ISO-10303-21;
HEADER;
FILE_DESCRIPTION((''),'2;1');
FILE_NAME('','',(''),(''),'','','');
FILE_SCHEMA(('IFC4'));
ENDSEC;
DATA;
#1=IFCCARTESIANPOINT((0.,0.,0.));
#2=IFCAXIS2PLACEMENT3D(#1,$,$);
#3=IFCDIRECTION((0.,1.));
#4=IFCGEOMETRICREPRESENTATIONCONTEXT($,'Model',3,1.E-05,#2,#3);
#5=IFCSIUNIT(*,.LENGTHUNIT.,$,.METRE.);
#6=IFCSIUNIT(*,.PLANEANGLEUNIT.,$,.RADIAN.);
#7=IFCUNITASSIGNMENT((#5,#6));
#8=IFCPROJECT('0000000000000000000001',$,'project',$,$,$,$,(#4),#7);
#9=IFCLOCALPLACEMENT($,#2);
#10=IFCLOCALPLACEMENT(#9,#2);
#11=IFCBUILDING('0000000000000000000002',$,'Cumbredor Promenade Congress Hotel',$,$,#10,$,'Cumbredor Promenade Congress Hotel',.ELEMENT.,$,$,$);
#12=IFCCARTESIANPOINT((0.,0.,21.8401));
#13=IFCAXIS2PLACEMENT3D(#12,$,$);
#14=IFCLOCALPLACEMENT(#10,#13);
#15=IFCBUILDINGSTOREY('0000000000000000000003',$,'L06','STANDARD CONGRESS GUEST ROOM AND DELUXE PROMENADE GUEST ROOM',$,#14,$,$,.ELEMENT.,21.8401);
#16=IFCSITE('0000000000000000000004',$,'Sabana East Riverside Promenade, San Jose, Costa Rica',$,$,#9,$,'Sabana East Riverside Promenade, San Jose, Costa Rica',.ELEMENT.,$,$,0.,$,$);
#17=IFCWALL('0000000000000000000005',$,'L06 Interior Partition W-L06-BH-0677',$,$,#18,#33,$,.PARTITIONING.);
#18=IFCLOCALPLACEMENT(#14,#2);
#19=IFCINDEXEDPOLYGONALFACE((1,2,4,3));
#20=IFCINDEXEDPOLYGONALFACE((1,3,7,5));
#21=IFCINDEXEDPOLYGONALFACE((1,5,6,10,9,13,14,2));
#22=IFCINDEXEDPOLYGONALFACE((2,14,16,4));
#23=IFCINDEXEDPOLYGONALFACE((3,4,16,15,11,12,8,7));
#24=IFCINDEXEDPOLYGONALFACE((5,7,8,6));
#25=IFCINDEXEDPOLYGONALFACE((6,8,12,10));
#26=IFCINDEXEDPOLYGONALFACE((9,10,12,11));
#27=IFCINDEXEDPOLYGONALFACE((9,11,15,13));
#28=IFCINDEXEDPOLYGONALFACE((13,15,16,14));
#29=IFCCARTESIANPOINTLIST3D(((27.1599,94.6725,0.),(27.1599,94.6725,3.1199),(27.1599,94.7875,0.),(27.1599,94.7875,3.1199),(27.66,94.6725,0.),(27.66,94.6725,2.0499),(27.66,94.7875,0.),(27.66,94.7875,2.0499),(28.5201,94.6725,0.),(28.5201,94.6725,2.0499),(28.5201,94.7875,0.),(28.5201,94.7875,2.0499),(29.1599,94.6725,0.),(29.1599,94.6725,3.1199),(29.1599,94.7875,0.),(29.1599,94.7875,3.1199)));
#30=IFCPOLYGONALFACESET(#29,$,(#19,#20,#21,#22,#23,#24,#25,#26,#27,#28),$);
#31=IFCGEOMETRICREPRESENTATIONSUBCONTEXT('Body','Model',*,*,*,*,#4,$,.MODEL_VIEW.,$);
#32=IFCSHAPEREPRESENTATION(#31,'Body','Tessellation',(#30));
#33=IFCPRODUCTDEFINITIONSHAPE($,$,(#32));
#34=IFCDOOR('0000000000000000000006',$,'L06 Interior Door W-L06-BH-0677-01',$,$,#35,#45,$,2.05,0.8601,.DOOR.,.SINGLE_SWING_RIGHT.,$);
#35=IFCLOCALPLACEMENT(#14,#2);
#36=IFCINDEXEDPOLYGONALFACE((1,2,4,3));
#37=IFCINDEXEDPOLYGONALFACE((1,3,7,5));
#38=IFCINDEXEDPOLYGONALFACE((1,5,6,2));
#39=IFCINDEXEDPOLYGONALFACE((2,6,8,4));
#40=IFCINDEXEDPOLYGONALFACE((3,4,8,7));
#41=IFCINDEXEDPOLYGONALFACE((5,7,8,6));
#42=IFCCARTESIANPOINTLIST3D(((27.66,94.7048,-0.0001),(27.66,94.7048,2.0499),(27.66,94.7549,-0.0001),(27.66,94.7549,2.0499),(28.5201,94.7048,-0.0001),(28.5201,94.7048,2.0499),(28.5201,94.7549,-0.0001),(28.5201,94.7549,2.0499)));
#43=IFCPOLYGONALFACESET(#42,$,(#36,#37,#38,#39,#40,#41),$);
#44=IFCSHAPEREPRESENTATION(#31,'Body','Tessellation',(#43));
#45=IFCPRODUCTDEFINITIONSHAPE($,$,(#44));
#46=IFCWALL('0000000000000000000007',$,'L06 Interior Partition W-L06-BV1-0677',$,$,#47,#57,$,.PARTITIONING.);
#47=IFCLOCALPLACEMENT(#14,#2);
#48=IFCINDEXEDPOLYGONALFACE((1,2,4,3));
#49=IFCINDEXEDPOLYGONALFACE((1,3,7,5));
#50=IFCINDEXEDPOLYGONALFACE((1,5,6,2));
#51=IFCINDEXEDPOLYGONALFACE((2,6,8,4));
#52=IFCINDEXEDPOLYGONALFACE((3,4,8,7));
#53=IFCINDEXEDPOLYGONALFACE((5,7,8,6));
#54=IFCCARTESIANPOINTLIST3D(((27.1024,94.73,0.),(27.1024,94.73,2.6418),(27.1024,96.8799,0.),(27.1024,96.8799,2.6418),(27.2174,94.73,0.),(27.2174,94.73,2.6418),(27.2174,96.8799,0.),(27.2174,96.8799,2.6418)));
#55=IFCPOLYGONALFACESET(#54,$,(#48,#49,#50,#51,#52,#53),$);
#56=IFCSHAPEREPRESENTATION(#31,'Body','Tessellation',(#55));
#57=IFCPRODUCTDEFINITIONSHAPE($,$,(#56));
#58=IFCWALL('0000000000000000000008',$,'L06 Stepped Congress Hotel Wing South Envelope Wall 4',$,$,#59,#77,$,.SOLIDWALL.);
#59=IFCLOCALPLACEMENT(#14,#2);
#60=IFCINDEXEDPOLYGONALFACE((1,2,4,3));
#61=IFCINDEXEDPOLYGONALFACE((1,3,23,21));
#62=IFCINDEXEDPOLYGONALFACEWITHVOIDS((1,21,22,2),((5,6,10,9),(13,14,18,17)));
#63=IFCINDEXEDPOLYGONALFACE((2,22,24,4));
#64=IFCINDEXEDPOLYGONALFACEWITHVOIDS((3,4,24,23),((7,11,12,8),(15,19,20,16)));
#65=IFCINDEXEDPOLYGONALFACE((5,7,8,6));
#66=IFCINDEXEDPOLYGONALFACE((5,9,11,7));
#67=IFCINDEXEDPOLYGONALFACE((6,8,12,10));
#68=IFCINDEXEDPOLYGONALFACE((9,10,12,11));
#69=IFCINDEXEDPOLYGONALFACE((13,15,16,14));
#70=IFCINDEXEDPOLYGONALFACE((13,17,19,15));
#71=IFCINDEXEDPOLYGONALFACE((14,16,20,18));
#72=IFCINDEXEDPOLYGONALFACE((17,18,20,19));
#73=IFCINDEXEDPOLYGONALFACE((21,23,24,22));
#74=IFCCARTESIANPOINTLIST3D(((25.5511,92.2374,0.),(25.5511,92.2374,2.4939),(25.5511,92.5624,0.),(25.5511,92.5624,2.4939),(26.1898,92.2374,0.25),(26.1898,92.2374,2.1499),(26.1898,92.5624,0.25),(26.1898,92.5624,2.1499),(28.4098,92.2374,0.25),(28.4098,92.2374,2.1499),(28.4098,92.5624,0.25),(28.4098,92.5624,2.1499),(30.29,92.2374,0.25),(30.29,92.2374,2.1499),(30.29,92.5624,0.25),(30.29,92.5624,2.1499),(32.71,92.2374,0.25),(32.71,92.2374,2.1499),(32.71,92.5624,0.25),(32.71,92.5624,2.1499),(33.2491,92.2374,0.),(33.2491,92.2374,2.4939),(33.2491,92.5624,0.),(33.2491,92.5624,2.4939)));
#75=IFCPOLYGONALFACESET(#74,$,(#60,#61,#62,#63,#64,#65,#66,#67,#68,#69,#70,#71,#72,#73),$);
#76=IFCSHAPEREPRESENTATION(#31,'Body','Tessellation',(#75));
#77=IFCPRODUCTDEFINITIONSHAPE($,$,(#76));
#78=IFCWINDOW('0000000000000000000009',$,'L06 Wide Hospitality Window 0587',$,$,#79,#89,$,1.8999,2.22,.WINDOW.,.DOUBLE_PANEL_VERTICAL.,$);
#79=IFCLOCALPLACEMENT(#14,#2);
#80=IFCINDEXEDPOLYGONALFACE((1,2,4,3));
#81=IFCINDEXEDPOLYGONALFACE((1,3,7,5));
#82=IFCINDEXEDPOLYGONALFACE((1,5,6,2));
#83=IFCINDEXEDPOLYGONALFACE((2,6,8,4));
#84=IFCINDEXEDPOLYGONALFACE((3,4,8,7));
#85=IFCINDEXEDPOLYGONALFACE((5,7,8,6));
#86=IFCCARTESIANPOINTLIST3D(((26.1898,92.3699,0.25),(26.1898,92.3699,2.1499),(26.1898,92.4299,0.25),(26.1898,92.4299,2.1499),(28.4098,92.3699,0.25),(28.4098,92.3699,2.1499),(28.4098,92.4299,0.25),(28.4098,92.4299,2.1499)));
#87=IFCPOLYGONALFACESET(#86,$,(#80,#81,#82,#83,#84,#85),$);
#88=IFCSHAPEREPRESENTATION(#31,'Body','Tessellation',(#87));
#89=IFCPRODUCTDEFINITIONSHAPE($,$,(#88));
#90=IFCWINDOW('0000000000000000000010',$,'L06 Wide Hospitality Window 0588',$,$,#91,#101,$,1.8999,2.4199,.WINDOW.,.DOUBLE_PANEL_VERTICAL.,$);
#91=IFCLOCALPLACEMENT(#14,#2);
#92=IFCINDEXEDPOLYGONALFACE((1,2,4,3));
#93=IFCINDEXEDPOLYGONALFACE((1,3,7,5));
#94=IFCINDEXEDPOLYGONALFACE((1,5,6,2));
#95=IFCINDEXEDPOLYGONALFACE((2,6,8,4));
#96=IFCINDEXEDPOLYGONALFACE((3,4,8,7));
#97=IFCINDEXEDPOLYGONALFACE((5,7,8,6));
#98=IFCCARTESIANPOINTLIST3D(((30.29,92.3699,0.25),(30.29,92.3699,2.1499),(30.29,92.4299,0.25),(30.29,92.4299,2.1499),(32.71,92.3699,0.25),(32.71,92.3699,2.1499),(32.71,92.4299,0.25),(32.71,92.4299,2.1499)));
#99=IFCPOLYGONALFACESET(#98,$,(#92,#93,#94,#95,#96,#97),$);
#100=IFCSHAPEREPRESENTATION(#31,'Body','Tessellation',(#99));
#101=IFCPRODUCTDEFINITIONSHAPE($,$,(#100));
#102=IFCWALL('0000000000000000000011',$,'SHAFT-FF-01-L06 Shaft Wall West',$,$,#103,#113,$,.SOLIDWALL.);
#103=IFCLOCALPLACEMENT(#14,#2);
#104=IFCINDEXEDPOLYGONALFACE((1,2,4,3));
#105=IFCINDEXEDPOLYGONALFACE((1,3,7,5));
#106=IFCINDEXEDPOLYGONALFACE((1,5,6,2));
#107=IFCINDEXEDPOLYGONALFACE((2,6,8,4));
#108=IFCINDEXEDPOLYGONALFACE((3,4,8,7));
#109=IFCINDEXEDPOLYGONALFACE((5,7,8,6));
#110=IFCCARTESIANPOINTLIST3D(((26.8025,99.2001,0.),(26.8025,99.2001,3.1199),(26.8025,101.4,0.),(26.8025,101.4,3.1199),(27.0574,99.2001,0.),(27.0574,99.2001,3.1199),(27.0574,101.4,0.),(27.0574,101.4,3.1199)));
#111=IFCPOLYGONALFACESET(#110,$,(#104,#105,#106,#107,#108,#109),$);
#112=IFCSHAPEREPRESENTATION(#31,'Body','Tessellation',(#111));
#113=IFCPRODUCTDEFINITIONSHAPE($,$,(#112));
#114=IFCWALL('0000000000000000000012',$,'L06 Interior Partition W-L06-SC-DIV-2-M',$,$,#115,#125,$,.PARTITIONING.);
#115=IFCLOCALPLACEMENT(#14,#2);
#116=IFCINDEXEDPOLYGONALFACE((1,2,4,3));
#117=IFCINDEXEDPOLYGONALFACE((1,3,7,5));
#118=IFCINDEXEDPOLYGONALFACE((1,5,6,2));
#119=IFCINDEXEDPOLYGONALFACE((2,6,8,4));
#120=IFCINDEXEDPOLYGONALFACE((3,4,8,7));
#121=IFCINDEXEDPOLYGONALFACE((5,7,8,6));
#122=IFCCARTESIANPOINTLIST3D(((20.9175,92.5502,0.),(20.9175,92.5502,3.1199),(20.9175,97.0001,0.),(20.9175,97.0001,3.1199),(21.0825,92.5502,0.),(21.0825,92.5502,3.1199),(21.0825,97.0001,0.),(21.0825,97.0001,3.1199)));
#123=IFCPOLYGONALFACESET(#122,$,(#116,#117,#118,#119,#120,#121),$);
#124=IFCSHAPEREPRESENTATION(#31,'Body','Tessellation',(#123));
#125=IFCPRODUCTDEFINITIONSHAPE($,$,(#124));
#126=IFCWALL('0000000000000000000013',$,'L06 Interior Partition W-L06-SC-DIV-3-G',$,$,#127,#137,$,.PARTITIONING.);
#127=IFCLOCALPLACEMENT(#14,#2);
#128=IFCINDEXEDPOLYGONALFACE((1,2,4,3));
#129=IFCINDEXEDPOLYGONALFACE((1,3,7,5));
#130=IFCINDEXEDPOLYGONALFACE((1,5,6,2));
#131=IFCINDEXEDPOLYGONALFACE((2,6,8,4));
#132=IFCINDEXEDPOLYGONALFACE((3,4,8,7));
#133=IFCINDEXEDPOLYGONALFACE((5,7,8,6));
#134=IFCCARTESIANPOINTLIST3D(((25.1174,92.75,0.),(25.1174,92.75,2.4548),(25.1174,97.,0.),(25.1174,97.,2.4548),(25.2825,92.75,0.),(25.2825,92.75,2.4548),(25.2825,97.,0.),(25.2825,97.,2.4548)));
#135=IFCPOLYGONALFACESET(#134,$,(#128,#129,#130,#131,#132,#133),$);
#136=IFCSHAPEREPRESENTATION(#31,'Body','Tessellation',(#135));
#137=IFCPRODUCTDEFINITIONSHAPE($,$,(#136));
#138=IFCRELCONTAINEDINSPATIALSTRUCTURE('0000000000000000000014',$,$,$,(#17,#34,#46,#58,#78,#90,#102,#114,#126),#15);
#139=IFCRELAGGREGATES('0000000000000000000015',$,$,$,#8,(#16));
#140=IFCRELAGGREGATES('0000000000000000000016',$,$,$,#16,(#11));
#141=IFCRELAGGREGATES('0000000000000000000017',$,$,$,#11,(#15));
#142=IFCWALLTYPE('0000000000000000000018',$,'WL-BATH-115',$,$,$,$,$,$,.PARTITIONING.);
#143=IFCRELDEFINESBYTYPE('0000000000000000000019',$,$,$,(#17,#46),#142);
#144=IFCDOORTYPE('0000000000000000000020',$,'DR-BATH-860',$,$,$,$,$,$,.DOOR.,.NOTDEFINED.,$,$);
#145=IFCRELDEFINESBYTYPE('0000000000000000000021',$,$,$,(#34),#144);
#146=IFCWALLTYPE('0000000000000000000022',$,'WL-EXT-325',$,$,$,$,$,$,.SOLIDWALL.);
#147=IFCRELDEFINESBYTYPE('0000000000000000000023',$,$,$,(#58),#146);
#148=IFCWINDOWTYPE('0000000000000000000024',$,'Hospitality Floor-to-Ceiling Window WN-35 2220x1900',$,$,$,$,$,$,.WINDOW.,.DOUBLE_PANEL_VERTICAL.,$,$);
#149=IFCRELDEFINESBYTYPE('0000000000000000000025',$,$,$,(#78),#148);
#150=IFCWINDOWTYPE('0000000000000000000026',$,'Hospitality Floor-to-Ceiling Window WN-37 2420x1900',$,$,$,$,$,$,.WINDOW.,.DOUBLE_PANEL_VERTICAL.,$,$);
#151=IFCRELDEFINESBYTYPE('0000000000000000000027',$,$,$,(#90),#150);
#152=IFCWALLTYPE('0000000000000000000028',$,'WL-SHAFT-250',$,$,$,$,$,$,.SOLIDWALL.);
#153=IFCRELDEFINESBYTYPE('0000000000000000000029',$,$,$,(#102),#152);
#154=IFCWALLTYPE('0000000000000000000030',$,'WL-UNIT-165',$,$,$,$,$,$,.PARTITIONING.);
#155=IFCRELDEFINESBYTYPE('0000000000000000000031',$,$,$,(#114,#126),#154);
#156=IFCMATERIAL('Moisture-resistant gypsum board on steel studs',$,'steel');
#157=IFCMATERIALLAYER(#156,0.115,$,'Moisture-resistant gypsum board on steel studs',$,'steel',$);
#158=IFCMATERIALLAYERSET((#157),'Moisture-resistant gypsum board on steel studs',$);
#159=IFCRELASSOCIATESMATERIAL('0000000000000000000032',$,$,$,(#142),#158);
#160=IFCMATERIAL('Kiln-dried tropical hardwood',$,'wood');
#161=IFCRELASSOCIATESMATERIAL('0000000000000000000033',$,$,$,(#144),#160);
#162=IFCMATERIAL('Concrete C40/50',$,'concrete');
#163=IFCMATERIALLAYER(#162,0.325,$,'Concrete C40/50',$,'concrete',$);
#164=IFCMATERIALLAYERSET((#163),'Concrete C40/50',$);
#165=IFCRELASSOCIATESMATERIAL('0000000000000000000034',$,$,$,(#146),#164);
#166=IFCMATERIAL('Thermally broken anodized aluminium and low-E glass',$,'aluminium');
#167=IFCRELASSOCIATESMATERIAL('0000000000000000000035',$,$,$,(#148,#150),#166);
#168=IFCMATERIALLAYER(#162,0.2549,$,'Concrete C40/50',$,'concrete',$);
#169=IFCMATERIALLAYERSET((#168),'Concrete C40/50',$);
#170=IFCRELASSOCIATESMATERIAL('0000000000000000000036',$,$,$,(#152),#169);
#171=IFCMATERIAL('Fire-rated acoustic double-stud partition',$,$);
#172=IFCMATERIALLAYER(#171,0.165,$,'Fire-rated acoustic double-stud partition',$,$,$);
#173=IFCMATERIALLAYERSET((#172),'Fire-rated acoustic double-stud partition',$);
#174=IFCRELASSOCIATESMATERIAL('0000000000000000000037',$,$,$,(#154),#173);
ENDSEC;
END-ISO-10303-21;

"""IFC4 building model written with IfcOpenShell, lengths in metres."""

from ifc_helpers import new_model, si_unit, direction, frame, frame_2d, origin, place, context, subcontext, project, spatial, rectangle, extrude, material, layer, layer_set, type_object, element, fill, save


model = new_model("IFC4")

# Units and contexts
model_context = context("Model", 3, precision=1e-05, world=origin(), true_north=direction((0.0, 1.0)))
body_context = subcontext(model_context, "Body", "Model", "MODEL_VIEW")
ifc_project = project(units=[si_unit("LENGTHUNIT", "METRE"), si_unit("PLANEANGLEUNIT", "RADIAN")], contexts=[model_context])

# Site, building, storey
site_placement = place(None, origin())
site = spatial("IfcSite", under=ifc_project, at=site_placement, Name="Sabana East Riverside Promenade, San Jose, Costa Rica", LongName="Sabana East Riverside Promenade, San Jose, Costa Rica", CompositionType="ELEMENT", RefElevation=0.0)
building_placement = place(site_placement, origin())
building = spatial("IfcBuilding", under=site, at=building_placement, Name="Cumbredor Promenade Congress Hotel", LongName="Cumbredor Promenade Congress Hotel", CompositionType="ELEMENT")
storey_placement = place(building_placement, frame((0.0, 0.0, 21.8401)))
storey = spatial("IfcBuildingStorey", under=building, at=storey_placement, Name="L06", Description="STANDARD CONGRESS GUEST ROOM AND DELUXE PROMENADE GUEST ROOM", CompositionType="ELEMENT", Elevation=21.8401)

# Shared definitions
ifc_material_1 = material(Name="Concrete C40/50", Category="concrete")

# Shared definitions
ifc_material_2 = material(Name="Moisture-resistant gypsum board on steel studs", Category="steel")
ifc_layer_1 = layer(ifc_material_2, 0.115, Name="Moisture-resistant gypsum board on steel studs", Category="steel")
ifc_layer_set_1 = layer_set([ifc_layer_1], Name="Moisture-resistant gypsum board on steel studs")
wall_type_1 = type_object("IfcWallType", Name="WL-BATH-115", PredefinedType="PARTITIONING", material=ifc_layer_set_1)

# Shared definitions
ifc_material_3 = material(Name="Kiln-dried tropical hardwood", Category="wood")
door_type = type_object("IfcDoorType", Name="DR-BATH-860", OperationType="NOTDEFINED", PredefinedType="DOOR", material=ifc_material_3)

# Wall, opening, door
wall_1_placement = place(storey_placement, frame((27.1599, 94.73, 0.0), z_axis=(0.0, 0.0, 1.0), x_axis=(1.0, 0.0, 0.0)))
wall_1 = element("IfcWall", 1, at=wall_1_placement, inside=storey, type_object=wall_type_1, Name="L06 Interior Partition W-L06-BH-0677", PredefinedType="PARTITIONING", context=body_context, shape_type="SweptSolid", body=[
    extrude(rectangle(XDim=2.0, YDim=0.115, at=frame_2d((1.0, 0.0))), origin(), (0.0, 0.0, 1.0), 3.1199),
])
opening_1_placement = place(wall_1_placement, frame((0.5, 0.0, 0.0)))
opening_1 = element("IfcOpeningElement", 2, at=opening_1_placement, cuts=wall_1, PredefinedType="OPENING", context=body_context, shape_type="SweptSolid", body=[
    extrude(rectangle(XDim=0.8601, YDim=2.05, at=frame_2d((0.4302, 1.0249))), frame((0.0, 0.0674, 0.0), z_axis=(0.0, -1.0, 0.0), x_axis=(1.0, 0.0, 0.0)), (0.0, 0.0, 1.0), 0.135),
])
door_1_placement = place(opening_1_placement, origin())
door_1 = element("IfcDoor", 3, at=door_1_placement, inside=storey, type_object=door_type, Name="L06 Interior Door W-L06-BH-0677-01", OperationType="SINGLE_SWING_RIGHT", OverallHeight=2.05, OverallWidth=0.8601, PredefinedType="DOOR", context=body_context, shape_type="SweptSolid", body=[
    extrude(rectangle(XDim=0.8601, YDim=2.05, at=frame_2d((0.4302, 1.0249))), frame((0.0, 0.0249, 0.0), z_axis=(0.0, -1.0, 0.0), x_axis=(1.0, 0.0, 0.0)), (0.0, 0.0, 1.0), 0.05),
])
fill(opening_1, door_1)

# Wall
wall_2_placement = place(storey_placement, frame((27.1599, 94.73, 0.0), z_axis=(0.0, 0.0, 1.0), x_axis=(0.0, 1.0, 0.0)))
element("IfcWall", 4, at=wall_2_placement, inside=storey, type_object=wall_type_1, Name="L06 Interior Partition W-L06-BV1-0677", PredefinedType="PARTITIONING", context=body_context, shape_type="SweptSolid", body=[
    extrude(rectangle(XDim=2.1499, YDim=0.115, at=frame_2d((1.075, 0.0))), origin(), (0.0, 0.0, 1.0), 2.6418),
])

# Wall, openings, windows
ifc_layer_2 = layer(ifc_material_1, 0.325, Name="Concrete C40/50", Category="concrete")
ifc_layer_set_2 = layer_set([ifc_layer_2], Name="Concrete C40/50")
wall_type_2 = type_object("IfcWallType", Name="WL-EXT-325", PredefinedType="SOLIDWALL", material=ifc_layer_set_2)
wall_3_placement = place(storey_placement, frame((25.551, 92.3999, 0.0), z_axis=(0.0, 0.0, 1.0), x_axis=(1.0, 0.0, 0.0)))
wall_3 = element("IfcWall", 5, at=wall_3_placement, inside=storey, type_object=wall_type_2, Name="L06 Stepped Congress Hotel Wing South Envelope Wall 4", PredefinedType="SOLIDWALL", context=body_context, shape_type="SweptSolid", body=[
    extrude(rectangle(XDim=7.698, YDim=0.325, at=frame_2d((3.8491, 0.0))), origin(), (0.0, 0.0, 1.0), 2.4939),
])
opening_2_placement = place(wall_3_placement, frame((0.6389, 0.0, 0.25)))
opening_2 = element("IfcOpeningElement", 6, at=opening_2_placement, cuts=wall_3, PredefinedType="OPENING", context=body_context, shape_type="SweptSolid", body=[
    extrude(rectangle(XDim=2.22, YDim=1.8999, at=frame_2d((1.1099, 0.95))), frame((0.0, 0.1724, 0.0), z_axis=(0.0, -1.0, 0.0), x_axis=(1.0, 0.0, 0.0)), (0.0, 0.0, 1.0), 0.345),
])
opening_3_placement = place(wall_3_placement, frame((4.739, 0.0, 0.25)))
opening_3 = element("IfcOpeningElement", 7, at=opening_3_placement, cuts=wall_3, PredefinedType="OPENING", context=body_context, shape_type="SweptSolid", body=[
    extrude(rectangle(XDim=2.4199, YDim=1.8999, at=frame_2d((1.21, 0.95))), frame((0.0, 0.1724, 0.0), z_axis=(0.0, -1.0, 0.0), x_axis=(1.0, 0.0, 0.0)), (0.0, 0.0, 1.0), 0.345),
])
ifc_material_4 = material(Name="Thermally broken anodized aluminium and low-E glass", Category="aluminium")
window_type_1 = type_object("IfcWindowType", Name="Hospitality Floor-to-Ceiling Window WN-35 2220x1900", PartitioningType="DOUBLE_PANEL_VERTICAL", PredefinedType="WINDOW", material=ifc_material_4)
window_1_placement = place(opening_2_placement, origin())
window_1 = element("IfcWindow", 8, at=window_1_placement, inside=storey, type_object=window_type_1, Name="L06 Wide Hospitality Window 0587", OverallHeight=1.8999, OverallWidth=2.22, PartitioningType="DOUBLE_PANEL_VERTICAL", PredefinedType="WINDOW", context=body_context, shape_type="SweptSolid", body=[
    extrude(rectangle(XDim=2.22, YDim=1.8999, at=frame_2d((1.1099, 0.95))), frame((0.0, 0.03, 0.0), z_axis=(0.0, -1.0, 0.0), x_axis=(1.0, 0.0, 0.0)), (0.0, 0.0, 1.0), 0.0601),
])
fill(opening_2, window_1)
window_type_2 = type_object("IfcWindowType", Name="Hospitality Floor-to-Ceiling Window WN-37 2420x1900", PartitioningType="DOUBLE_PANEL_VERTICAL", PredefinedType="WINDOW", material=ifc_material_4)
window_2_placement = place(opening_3_placement, origin())
window_2 = element("IfcWindow", 9, at=window_2_placement, inside=storey, type_object=window_type_2, Name="L06 Wide Hospitality Window 0588", OverallHeight=1.8999, OverallWidth=2.4199, PartitioningType="DOUBLE_PANEL_VERTICAL", PredefinedType="WINDOW", context=body_context, shape_type="SweptSolid", body=[
    extrude(rectangle(XDim=2.4199, YDim=1.8999, at=frame_2d((1.21, 0.95))), frame((0.0, 0.03, 0.0), z_axis=(0.0, -1.0, 0.0), x_axis=(1.0, 0.0, 0.0)), (0.0, 0.0, 1.0), 0.0601),
])
fill(opening_3, window_2)

# Walls
ifc_layer_3 = layer(ifc_material_1, 0.2549, Name="Concrete C40/50", Category="concrete")
ifc_layer_set_3 = layer_set([ifc_layer_3], Name="Concrete C40/50")
wall_type_3 = type_object("IfcWallType", Name="WL-SHAFT-250", PredefinedType="SOLIDWALL", material=ifc_layer_set_3)
wall_4_placement = place(storey_placement, frame((26.9299, 99.2, 0.0), z_axis=(0.0, 0.0, 1.0), x_axis=(0.0, 1.0, 0.0)))
element("IfcWall", 10, at=wall_4_placement, inside=storey, type_object=wall_type_3, Name="SHAFT-FF-01-L06 Shaft Wall West", PredefinedType="SOLIDWALL", context=body_context, shape_type="SweptSolid", body=[
    extrude(rectangle(XDim=2.2, YDim=0.2549, at=frame_2d((1.1001, 0.0))), origin(), (0.0, 0.0, 1.0), 3.1199),
])
ifc_material_5 = material(Name="Fire-rated acoustic double-stud partition")
ifc_layer_4 = layer(ifc_material_5, 0.165, Name="Fire-rated acoustic double-stud partition")
ifc_layer_set_4 = layer_set([ifc_layer_4], Name="Fire-rated acoustic double-stud partition")
wall_type_4 = type_object("IfcWallType", Name="WL-UNIT-165", PredefinedType="PARTITIONING", material=ifc_layer_set_4)
wall_5_placement = place(storey_placement, frame((21.0, 92.55, 0.0), z_axis=(0.0, 0.0, 1.0), x_axis=(0.0, 1.0, 0.0)))
element("IfcWall", 11, at=wall_5_placement, inside=storey, type_object=wall_type_4, Name="L06 Interior Partition W-L06-SC-DIV-2-M", PredefinedType="PARTITIONING", context=body_context, shape_type="SweptSolid", body=[
    extrude(rectangle(XDim=4.45, YDim=0.165, at=frame_2d((2.2251, 0.0))), origin(), (0.0, 0.0, 1.0), 3.1199),
])
wall_6_placement = place(storey_placement, frame((25.2, 92.75, 0.0), z_axis=(0.0, 0.0, 1.0), x_axis=(0.0, 1.0, 0.0)))
element("IfcWall", 12, at=wall_6_placement, inside=storey, type_object=wall_type_4, Name="L06 Interior Partition W-L06-SC-DIV-3-G", PredefinedType="PARTITIONING", context=body_context, shape_type="SweptSolid", body=[
    extrude(rectangle(XDim=4.25, YDim=0.165, at=frame_2d((2.125, 0.0))), origin(), (0.0, 0.0, 1.0), 2.4548),
])

save(model, "model.ifc")
